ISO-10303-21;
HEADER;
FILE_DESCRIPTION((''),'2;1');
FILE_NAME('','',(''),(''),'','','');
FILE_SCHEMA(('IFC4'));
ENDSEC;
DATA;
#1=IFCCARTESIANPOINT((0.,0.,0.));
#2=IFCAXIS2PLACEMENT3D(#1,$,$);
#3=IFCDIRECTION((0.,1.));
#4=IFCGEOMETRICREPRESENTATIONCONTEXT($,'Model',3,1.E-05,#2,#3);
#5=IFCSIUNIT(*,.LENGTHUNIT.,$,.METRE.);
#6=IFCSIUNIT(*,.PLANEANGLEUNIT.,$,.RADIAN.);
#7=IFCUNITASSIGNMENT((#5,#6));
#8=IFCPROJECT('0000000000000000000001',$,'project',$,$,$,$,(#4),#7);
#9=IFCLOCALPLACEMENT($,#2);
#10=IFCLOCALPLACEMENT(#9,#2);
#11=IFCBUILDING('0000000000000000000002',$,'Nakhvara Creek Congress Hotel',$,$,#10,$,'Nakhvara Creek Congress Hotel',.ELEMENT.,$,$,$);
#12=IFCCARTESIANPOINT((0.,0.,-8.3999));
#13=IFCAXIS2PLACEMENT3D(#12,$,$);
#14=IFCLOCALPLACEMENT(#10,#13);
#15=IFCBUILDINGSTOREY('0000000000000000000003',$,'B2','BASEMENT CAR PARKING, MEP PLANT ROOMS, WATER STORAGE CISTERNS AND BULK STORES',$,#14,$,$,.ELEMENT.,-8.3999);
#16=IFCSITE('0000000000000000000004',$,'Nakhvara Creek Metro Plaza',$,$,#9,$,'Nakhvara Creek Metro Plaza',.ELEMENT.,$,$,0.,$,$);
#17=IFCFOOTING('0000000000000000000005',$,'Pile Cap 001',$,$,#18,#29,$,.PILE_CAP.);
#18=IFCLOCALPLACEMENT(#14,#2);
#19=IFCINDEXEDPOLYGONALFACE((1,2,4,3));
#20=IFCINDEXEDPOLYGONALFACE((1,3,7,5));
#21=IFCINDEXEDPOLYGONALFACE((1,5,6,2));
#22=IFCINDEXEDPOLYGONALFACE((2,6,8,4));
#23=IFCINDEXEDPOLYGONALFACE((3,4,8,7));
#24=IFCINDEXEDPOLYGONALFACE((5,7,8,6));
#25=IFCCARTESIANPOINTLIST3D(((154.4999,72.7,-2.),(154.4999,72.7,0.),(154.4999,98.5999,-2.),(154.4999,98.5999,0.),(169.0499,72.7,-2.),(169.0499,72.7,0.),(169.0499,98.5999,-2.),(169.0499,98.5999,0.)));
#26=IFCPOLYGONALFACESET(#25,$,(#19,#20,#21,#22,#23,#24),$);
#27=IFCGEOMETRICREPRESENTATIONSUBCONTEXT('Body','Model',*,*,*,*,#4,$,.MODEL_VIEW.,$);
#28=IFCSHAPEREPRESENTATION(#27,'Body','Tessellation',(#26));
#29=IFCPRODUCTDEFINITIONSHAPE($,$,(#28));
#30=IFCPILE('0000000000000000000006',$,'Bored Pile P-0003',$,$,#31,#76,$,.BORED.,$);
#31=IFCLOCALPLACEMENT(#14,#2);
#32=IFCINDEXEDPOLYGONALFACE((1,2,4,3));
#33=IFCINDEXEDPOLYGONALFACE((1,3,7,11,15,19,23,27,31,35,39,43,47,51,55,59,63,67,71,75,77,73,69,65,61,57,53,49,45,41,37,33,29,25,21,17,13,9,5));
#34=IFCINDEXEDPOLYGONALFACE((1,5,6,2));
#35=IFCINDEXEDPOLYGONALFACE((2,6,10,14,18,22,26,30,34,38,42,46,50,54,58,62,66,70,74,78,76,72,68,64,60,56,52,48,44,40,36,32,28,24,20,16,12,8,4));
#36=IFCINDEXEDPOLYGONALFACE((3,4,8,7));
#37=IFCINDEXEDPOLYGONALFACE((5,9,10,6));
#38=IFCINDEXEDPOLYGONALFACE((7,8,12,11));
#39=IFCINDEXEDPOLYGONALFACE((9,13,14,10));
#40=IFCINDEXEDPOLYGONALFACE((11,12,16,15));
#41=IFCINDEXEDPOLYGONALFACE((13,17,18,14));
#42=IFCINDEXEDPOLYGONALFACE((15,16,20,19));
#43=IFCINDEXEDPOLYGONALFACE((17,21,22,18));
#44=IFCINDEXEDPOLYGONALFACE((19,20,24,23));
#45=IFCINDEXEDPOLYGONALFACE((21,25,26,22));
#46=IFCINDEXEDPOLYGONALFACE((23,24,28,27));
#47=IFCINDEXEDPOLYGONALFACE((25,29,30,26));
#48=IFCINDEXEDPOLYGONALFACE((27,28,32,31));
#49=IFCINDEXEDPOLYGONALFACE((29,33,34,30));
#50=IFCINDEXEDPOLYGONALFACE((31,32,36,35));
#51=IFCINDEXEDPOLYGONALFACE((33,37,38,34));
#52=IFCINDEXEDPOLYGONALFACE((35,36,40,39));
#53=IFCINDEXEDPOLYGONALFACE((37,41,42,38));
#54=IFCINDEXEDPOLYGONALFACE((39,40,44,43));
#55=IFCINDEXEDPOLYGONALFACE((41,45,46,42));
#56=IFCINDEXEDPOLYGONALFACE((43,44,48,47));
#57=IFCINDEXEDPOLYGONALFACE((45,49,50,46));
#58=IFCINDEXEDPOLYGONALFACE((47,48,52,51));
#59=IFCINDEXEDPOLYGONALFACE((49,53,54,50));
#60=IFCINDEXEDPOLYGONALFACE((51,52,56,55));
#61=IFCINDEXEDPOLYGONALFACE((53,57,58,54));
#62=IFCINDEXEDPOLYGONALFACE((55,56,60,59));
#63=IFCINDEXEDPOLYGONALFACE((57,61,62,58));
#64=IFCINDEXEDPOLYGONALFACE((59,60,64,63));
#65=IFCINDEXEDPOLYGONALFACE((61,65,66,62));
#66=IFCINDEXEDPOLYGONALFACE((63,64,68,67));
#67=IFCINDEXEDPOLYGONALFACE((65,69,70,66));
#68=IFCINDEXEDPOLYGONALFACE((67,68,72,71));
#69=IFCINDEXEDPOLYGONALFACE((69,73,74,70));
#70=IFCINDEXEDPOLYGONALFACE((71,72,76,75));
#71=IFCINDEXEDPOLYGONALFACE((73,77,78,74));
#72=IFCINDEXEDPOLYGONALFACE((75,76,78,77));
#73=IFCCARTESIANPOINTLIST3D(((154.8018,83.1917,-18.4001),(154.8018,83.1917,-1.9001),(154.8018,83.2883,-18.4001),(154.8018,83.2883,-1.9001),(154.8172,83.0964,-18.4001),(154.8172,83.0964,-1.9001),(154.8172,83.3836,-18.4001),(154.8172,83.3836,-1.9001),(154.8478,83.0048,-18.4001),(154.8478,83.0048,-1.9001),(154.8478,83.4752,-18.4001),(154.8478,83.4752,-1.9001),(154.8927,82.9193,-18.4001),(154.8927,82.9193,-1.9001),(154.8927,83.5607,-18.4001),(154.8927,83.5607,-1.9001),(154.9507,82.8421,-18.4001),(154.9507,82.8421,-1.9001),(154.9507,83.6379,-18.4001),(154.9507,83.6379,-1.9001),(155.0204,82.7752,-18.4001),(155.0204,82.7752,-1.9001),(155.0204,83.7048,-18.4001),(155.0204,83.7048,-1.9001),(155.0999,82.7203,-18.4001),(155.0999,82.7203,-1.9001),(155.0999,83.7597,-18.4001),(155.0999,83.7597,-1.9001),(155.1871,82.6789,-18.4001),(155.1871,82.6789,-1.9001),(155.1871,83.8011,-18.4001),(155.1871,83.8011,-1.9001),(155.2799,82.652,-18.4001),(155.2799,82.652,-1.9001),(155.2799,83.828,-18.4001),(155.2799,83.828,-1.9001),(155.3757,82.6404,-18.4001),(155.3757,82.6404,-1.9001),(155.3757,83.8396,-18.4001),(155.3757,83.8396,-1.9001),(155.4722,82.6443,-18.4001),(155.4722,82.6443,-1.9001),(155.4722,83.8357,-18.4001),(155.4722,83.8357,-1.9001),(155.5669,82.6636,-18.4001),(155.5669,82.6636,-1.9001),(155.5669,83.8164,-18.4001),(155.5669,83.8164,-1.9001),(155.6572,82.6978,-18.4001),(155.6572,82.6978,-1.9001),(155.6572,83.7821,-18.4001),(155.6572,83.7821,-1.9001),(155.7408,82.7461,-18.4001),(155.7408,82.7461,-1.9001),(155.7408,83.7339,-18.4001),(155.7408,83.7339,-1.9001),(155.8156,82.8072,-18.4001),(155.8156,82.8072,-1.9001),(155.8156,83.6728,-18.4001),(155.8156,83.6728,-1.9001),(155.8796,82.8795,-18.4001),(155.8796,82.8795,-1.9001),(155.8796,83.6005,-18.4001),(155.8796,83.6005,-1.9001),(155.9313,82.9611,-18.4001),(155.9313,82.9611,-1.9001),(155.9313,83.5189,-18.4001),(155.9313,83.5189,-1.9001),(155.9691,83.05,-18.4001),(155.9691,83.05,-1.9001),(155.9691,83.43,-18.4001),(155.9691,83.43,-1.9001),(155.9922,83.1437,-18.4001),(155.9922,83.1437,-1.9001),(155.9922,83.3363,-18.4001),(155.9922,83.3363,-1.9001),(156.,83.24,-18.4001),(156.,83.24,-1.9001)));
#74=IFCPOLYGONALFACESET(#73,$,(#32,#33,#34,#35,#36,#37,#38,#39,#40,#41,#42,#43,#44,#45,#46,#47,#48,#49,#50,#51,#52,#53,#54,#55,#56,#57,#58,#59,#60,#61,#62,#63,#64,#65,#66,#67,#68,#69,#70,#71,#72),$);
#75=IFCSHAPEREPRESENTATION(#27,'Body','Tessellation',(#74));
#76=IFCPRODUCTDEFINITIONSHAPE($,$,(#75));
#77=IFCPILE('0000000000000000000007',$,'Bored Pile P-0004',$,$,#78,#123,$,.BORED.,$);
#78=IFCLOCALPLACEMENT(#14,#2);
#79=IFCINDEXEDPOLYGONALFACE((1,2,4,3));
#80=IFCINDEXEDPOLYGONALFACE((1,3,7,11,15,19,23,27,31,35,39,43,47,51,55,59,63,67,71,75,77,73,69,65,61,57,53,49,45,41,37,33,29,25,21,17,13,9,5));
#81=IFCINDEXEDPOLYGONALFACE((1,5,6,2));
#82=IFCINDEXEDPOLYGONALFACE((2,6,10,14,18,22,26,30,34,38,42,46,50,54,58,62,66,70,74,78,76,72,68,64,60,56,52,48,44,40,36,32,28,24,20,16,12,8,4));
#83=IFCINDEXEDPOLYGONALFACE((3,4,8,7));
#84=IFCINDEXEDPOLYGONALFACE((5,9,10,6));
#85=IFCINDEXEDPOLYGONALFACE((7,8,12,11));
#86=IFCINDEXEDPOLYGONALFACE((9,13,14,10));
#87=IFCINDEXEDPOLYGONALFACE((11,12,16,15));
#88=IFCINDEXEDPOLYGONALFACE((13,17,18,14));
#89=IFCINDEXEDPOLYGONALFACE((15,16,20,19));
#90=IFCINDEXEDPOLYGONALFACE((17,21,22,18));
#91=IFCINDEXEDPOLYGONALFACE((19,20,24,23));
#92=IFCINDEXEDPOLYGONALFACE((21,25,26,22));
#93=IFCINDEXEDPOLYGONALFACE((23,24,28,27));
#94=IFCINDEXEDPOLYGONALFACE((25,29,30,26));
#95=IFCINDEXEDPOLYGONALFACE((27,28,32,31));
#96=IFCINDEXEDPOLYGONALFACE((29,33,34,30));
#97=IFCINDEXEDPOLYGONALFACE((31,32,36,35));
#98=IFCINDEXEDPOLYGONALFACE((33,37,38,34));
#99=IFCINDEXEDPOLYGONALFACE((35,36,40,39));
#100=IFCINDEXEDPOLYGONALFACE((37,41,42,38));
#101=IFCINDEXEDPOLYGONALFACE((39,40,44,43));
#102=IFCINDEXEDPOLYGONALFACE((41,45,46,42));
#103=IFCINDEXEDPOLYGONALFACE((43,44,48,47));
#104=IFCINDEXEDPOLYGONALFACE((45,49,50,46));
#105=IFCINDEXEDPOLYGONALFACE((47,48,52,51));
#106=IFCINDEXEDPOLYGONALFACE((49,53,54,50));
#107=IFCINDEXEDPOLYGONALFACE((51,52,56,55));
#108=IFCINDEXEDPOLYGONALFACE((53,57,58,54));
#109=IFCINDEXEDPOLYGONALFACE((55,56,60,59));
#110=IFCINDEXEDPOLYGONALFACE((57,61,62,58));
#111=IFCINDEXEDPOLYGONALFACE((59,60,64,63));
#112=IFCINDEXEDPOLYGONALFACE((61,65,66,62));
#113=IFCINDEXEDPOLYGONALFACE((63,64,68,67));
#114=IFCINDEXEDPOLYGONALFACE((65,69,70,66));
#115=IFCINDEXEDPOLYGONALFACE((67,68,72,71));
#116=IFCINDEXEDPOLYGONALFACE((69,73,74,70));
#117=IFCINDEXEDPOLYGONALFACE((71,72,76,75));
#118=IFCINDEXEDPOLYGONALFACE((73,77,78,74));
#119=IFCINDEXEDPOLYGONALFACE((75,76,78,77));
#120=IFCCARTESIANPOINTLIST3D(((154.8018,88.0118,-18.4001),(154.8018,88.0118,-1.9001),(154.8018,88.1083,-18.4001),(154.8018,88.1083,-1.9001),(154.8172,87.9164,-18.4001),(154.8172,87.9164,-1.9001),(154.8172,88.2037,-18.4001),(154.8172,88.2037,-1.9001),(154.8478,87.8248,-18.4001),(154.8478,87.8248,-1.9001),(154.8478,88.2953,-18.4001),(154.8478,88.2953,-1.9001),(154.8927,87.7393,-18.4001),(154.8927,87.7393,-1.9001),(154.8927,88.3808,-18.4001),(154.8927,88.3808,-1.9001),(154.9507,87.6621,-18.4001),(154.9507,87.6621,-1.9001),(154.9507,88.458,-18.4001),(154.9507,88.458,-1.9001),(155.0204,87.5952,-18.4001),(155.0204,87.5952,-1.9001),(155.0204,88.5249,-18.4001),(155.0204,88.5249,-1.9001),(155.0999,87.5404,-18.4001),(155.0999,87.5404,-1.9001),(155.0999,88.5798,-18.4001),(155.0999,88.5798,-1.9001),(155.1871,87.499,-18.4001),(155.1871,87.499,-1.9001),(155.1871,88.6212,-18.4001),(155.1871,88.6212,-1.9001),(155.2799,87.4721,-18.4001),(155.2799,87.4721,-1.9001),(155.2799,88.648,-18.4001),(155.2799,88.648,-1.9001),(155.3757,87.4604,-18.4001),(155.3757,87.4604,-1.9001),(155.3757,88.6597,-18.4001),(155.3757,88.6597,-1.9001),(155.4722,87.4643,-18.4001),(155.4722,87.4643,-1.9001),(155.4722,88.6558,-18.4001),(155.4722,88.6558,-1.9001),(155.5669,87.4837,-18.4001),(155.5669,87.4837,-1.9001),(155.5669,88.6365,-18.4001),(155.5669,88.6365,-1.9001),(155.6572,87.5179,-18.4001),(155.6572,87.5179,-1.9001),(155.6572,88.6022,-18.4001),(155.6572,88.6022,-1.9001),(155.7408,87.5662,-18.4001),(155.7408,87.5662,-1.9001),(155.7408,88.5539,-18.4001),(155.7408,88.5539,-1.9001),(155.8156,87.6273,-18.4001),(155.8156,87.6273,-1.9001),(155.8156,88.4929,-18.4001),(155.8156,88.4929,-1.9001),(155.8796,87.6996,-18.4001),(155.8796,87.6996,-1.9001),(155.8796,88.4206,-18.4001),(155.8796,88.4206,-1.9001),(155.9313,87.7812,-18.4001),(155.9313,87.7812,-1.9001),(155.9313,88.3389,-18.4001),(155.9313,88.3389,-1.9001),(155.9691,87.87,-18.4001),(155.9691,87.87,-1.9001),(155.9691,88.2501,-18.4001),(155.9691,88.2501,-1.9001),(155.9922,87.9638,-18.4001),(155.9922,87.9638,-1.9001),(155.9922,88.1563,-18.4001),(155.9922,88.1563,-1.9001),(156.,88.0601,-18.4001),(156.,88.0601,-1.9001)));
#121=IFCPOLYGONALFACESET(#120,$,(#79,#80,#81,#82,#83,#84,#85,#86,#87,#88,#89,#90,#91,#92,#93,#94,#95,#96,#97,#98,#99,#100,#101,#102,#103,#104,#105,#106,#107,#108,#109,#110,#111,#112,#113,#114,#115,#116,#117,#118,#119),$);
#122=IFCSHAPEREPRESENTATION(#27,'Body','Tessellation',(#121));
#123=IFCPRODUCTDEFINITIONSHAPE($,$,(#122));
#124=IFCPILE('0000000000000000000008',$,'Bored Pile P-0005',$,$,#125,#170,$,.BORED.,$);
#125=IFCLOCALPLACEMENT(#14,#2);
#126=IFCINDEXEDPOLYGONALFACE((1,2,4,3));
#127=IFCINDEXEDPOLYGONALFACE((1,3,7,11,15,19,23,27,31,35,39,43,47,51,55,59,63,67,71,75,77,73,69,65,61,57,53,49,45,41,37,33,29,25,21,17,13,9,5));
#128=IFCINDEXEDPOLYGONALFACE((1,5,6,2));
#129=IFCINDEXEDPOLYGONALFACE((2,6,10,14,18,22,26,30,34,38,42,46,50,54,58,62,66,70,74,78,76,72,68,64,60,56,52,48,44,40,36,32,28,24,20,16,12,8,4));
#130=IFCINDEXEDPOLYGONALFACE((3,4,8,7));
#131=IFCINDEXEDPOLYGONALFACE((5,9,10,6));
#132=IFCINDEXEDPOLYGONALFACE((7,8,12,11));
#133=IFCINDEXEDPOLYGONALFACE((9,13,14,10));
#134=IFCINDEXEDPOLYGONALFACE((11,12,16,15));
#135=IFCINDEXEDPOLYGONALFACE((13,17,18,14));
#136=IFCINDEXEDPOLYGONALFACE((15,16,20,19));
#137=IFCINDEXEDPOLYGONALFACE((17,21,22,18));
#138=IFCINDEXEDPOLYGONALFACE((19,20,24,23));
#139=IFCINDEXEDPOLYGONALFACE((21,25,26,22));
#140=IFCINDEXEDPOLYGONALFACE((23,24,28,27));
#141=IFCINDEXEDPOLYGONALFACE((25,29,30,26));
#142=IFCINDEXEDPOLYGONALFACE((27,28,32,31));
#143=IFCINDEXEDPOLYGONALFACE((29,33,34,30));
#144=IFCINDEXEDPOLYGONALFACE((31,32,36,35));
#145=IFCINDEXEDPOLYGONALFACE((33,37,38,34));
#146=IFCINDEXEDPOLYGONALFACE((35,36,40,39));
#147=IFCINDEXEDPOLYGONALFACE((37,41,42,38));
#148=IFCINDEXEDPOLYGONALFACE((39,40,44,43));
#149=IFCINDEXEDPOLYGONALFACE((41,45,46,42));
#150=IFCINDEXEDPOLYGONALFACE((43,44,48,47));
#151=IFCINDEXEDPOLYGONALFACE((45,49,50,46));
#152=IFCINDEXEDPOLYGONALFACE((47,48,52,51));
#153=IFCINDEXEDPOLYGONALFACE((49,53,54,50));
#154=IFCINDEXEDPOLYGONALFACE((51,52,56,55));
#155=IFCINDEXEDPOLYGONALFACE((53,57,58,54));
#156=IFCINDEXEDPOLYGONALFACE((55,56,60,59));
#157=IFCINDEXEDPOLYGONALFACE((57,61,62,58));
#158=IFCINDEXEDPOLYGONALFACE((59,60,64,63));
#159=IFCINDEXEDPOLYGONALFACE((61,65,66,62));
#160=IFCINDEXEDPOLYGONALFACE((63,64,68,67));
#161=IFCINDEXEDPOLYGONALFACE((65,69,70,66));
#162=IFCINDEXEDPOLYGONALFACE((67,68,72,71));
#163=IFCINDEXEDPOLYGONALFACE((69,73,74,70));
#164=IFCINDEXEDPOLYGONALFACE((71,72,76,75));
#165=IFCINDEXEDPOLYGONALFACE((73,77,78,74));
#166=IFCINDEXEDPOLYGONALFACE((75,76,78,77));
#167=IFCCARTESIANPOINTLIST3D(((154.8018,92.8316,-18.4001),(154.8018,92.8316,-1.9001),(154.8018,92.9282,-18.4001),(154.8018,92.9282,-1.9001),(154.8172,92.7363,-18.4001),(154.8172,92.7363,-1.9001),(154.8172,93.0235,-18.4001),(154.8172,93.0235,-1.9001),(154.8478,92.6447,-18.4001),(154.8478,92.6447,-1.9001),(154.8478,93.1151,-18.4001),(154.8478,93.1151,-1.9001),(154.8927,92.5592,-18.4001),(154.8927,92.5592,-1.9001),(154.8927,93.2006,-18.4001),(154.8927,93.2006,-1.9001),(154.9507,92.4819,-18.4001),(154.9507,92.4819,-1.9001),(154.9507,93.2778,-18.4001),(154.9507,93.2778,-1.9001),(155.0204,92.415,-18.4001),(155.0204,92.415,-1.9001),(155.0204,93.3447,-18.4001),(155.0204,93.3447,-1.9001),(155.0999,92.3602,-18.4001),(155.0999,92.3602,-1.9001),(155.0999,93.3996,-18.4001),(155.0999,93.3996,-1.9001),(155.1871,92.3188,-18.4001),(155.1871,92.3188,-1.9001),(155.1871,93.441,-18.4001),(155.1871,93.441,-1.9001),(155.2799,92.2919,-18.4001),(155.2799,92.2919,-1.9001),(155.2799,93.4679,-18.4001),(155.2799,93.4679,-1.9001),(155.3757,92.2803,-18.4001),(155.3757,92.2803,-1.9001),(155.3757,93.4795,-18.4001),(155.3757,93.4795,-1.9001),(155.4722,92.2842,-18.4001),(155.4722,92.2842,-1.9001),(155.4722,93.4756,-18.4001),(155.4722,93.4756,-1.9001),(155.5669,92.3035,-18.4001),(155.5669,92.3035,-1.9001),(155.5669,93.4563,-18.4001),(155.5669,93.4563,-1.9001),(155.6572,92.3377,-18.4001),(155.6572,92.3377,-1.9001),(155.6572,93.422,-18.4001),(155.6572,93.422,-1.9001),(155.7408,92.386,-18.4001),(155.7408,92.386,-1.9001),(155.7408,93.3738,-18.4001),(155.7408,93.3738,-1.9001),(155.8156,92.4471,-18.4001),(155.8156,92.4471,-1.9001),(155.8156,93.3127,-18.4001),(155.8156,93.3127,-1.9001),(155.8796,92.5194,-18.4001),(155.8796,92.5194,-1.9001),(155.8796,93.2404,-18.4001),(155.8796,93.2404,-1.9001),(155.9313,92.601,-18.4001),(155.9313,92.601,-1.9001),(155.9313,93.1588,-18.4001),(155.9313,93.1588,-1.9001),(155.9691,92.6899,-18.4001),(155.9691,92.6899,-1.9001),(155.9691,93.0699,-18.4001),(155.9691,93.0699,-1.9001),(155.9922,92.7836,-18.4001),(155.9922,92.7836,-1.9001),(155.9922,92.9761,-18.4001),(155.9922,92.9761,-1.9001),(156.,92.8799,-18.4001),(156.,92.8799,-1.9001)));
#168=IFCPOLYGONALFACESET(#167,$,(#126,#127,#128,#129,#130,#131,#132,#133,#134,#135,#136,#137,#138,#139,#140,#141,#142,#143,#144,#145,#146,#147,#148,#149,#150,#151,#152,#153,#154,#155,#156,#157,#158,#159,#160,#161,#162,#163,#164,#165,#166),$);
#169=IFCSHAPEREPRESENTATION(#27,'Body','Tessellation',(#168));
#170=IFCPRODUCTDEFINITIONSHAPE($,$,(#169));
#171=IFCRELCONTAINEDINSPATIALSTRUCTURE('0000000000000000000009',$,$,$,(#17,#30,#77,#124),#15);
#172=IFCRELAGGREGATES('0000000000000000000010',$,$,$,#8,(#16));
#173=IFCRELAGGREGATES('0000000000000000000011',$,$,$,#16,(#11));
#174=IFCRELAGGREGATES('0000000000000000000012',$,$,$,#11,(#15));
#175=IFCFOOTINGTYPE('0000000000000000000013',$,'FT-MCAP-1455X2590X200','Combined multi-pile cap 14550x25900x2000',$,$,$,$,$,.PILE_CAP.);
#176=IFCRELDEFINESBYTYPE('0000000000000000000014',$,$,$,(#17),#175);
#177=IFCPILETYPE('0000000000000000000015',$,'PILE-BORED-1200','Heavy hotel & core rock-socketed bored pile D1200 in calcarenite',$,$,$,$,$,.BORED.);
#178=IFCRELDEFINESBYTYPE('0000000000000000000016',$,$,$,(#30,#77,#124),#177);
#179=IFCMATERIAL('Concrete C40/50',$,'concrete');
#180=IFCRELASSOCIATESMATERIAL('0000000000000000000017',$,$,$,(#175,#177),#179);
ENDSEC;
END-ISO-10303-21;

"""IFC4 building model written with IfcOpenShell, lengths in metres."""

from ifc_helpers import new_model, si_unit, direction, frame, origin, origin_2d, place, context, subcontext, project, spatial, rectangle, circle, extrude, material, material_profile, profile_set, type_object, element, save


model = new_model("IFC4")

# Units and contexts
model_context = context("Model", 3, precision=1e-05, world=origin(), true_north=direction((0.0, 1.0)))
body_context = subcontext(model_context, "Body", "Model", "MODEL_VIEW")
ifc_project = project(units=[si_unit("LENGTHUNIT", "METRE"), si_unit("PLANEANGLEUNIT", "RADIAN")], contexts=[model_context])

# Site, building, storey
site_placement = place(None, origin())
site = spatial("IfcSite", under=ifc_project, at=site_placement, Name="Nakhvara Creek Metro Plaza", LongName="Nakhvara Creek Metro Plaza", CompositionType="ELEMENT", RefElevation=0.0)
building_placement = place(site_placement, origin())
building = spatial("IfcBuilding", under=site, at=building_placement, Name="Nakhvara Creek Congress Hotel", LongName="Nakhvara Creek Congress Hotel", CompositionType="ELEMENT")
storey_placement = place(building_placement, frame((0.0, 0.0, -8.3999)))
storey = spatial("IfcBuildingStorey", under=building, at=storey_placement, Name="B2", Description="BASEMENT CAR PARKING, MEP PLANT ROOMS, WATER STORAGE CISTERNS AND BULK STORES", CompositionType="ELEMENT", Elevation=-8.3999)

# Footing
ifc_material_1 = material(Name="Concrete C40/50", Category="concrete")
footing_type = type_object("IfcFootingType", Name="FT-MCAP-1455X2590X200", Description="Combined multi-pile cap 14550x25900x2000", PredefinedType="PILE_CAP", material=ifc_material_1)
footing_placement = place(storey_placement, frame((161.7749, 85.6499, -2.0), z_axis=(0.0, 0.0, 1.0), x_axis=(1.0, 0.0, 0.0)))
element("IfcFooting", 1, at=footing_placement, inside=storey, type_object=footing_type, Name="Pile Cap 001", PredefinedType="PILE_CAP", context=body_context, shape_type="SweptSolid", body=[
    extrude(rectangle(XDim=14.55, YDim=25.8999, at=origin_2d()), origin(), (0.0, 0.0, 1.0), 2.0),
])

# Piles
ifc_material_profile_1 = material_profile(ifc_material_1, circle(Radius=0.6001, at=origin_2d()), Name="BORED PILE D1200", Category="LoadBearing")
ifc_profile_set_1 = profile_set([ifc_material_profile_1], Name="Concrete C40/50")
pile_type = type_object("IfcPileType", Name="PILE-BORED-1200", Description="Heavy hotel & core rock-socketed bored pile D1200 in calcarenite", PredefinedType="BORED", material=ifc_profile_set_1)
for number, where, z_axis, x_axis, name in (
    (2, (155.3999, 83.24, -1.9001), (0.0, 0.0, -1.0), (1.0, 0.0, 0.0), "Bored Pile P-0003"),
    (3, (155.3999, 88.0601, -1.9001), (0.0, 0.0, -1.0), (1.0, 0.0, 0.0), "Bored Pile P-0004"),
    (4, (155.3999, 92.8799, -1.9001), (0.0, 0.0, -1.0), (1.0, 0.0, 0.0), "Bored Pile P-0005"),
):
    element("IfcPile", number, at=place(storey_placement, frame(where, z_axis=z_axis, x_axis=x_axis)), inside=storey, type_object=pile_type, Name=name, PredefinedType="BORED", context=body_context, shape_type="SweptSolid", body=[
        extrude(circle(Radius=0.6001, at=origin_2d()), origin(), (0.0, 0.0, 1.0), 16.5),
    ])

save(model, "model.ifc")
